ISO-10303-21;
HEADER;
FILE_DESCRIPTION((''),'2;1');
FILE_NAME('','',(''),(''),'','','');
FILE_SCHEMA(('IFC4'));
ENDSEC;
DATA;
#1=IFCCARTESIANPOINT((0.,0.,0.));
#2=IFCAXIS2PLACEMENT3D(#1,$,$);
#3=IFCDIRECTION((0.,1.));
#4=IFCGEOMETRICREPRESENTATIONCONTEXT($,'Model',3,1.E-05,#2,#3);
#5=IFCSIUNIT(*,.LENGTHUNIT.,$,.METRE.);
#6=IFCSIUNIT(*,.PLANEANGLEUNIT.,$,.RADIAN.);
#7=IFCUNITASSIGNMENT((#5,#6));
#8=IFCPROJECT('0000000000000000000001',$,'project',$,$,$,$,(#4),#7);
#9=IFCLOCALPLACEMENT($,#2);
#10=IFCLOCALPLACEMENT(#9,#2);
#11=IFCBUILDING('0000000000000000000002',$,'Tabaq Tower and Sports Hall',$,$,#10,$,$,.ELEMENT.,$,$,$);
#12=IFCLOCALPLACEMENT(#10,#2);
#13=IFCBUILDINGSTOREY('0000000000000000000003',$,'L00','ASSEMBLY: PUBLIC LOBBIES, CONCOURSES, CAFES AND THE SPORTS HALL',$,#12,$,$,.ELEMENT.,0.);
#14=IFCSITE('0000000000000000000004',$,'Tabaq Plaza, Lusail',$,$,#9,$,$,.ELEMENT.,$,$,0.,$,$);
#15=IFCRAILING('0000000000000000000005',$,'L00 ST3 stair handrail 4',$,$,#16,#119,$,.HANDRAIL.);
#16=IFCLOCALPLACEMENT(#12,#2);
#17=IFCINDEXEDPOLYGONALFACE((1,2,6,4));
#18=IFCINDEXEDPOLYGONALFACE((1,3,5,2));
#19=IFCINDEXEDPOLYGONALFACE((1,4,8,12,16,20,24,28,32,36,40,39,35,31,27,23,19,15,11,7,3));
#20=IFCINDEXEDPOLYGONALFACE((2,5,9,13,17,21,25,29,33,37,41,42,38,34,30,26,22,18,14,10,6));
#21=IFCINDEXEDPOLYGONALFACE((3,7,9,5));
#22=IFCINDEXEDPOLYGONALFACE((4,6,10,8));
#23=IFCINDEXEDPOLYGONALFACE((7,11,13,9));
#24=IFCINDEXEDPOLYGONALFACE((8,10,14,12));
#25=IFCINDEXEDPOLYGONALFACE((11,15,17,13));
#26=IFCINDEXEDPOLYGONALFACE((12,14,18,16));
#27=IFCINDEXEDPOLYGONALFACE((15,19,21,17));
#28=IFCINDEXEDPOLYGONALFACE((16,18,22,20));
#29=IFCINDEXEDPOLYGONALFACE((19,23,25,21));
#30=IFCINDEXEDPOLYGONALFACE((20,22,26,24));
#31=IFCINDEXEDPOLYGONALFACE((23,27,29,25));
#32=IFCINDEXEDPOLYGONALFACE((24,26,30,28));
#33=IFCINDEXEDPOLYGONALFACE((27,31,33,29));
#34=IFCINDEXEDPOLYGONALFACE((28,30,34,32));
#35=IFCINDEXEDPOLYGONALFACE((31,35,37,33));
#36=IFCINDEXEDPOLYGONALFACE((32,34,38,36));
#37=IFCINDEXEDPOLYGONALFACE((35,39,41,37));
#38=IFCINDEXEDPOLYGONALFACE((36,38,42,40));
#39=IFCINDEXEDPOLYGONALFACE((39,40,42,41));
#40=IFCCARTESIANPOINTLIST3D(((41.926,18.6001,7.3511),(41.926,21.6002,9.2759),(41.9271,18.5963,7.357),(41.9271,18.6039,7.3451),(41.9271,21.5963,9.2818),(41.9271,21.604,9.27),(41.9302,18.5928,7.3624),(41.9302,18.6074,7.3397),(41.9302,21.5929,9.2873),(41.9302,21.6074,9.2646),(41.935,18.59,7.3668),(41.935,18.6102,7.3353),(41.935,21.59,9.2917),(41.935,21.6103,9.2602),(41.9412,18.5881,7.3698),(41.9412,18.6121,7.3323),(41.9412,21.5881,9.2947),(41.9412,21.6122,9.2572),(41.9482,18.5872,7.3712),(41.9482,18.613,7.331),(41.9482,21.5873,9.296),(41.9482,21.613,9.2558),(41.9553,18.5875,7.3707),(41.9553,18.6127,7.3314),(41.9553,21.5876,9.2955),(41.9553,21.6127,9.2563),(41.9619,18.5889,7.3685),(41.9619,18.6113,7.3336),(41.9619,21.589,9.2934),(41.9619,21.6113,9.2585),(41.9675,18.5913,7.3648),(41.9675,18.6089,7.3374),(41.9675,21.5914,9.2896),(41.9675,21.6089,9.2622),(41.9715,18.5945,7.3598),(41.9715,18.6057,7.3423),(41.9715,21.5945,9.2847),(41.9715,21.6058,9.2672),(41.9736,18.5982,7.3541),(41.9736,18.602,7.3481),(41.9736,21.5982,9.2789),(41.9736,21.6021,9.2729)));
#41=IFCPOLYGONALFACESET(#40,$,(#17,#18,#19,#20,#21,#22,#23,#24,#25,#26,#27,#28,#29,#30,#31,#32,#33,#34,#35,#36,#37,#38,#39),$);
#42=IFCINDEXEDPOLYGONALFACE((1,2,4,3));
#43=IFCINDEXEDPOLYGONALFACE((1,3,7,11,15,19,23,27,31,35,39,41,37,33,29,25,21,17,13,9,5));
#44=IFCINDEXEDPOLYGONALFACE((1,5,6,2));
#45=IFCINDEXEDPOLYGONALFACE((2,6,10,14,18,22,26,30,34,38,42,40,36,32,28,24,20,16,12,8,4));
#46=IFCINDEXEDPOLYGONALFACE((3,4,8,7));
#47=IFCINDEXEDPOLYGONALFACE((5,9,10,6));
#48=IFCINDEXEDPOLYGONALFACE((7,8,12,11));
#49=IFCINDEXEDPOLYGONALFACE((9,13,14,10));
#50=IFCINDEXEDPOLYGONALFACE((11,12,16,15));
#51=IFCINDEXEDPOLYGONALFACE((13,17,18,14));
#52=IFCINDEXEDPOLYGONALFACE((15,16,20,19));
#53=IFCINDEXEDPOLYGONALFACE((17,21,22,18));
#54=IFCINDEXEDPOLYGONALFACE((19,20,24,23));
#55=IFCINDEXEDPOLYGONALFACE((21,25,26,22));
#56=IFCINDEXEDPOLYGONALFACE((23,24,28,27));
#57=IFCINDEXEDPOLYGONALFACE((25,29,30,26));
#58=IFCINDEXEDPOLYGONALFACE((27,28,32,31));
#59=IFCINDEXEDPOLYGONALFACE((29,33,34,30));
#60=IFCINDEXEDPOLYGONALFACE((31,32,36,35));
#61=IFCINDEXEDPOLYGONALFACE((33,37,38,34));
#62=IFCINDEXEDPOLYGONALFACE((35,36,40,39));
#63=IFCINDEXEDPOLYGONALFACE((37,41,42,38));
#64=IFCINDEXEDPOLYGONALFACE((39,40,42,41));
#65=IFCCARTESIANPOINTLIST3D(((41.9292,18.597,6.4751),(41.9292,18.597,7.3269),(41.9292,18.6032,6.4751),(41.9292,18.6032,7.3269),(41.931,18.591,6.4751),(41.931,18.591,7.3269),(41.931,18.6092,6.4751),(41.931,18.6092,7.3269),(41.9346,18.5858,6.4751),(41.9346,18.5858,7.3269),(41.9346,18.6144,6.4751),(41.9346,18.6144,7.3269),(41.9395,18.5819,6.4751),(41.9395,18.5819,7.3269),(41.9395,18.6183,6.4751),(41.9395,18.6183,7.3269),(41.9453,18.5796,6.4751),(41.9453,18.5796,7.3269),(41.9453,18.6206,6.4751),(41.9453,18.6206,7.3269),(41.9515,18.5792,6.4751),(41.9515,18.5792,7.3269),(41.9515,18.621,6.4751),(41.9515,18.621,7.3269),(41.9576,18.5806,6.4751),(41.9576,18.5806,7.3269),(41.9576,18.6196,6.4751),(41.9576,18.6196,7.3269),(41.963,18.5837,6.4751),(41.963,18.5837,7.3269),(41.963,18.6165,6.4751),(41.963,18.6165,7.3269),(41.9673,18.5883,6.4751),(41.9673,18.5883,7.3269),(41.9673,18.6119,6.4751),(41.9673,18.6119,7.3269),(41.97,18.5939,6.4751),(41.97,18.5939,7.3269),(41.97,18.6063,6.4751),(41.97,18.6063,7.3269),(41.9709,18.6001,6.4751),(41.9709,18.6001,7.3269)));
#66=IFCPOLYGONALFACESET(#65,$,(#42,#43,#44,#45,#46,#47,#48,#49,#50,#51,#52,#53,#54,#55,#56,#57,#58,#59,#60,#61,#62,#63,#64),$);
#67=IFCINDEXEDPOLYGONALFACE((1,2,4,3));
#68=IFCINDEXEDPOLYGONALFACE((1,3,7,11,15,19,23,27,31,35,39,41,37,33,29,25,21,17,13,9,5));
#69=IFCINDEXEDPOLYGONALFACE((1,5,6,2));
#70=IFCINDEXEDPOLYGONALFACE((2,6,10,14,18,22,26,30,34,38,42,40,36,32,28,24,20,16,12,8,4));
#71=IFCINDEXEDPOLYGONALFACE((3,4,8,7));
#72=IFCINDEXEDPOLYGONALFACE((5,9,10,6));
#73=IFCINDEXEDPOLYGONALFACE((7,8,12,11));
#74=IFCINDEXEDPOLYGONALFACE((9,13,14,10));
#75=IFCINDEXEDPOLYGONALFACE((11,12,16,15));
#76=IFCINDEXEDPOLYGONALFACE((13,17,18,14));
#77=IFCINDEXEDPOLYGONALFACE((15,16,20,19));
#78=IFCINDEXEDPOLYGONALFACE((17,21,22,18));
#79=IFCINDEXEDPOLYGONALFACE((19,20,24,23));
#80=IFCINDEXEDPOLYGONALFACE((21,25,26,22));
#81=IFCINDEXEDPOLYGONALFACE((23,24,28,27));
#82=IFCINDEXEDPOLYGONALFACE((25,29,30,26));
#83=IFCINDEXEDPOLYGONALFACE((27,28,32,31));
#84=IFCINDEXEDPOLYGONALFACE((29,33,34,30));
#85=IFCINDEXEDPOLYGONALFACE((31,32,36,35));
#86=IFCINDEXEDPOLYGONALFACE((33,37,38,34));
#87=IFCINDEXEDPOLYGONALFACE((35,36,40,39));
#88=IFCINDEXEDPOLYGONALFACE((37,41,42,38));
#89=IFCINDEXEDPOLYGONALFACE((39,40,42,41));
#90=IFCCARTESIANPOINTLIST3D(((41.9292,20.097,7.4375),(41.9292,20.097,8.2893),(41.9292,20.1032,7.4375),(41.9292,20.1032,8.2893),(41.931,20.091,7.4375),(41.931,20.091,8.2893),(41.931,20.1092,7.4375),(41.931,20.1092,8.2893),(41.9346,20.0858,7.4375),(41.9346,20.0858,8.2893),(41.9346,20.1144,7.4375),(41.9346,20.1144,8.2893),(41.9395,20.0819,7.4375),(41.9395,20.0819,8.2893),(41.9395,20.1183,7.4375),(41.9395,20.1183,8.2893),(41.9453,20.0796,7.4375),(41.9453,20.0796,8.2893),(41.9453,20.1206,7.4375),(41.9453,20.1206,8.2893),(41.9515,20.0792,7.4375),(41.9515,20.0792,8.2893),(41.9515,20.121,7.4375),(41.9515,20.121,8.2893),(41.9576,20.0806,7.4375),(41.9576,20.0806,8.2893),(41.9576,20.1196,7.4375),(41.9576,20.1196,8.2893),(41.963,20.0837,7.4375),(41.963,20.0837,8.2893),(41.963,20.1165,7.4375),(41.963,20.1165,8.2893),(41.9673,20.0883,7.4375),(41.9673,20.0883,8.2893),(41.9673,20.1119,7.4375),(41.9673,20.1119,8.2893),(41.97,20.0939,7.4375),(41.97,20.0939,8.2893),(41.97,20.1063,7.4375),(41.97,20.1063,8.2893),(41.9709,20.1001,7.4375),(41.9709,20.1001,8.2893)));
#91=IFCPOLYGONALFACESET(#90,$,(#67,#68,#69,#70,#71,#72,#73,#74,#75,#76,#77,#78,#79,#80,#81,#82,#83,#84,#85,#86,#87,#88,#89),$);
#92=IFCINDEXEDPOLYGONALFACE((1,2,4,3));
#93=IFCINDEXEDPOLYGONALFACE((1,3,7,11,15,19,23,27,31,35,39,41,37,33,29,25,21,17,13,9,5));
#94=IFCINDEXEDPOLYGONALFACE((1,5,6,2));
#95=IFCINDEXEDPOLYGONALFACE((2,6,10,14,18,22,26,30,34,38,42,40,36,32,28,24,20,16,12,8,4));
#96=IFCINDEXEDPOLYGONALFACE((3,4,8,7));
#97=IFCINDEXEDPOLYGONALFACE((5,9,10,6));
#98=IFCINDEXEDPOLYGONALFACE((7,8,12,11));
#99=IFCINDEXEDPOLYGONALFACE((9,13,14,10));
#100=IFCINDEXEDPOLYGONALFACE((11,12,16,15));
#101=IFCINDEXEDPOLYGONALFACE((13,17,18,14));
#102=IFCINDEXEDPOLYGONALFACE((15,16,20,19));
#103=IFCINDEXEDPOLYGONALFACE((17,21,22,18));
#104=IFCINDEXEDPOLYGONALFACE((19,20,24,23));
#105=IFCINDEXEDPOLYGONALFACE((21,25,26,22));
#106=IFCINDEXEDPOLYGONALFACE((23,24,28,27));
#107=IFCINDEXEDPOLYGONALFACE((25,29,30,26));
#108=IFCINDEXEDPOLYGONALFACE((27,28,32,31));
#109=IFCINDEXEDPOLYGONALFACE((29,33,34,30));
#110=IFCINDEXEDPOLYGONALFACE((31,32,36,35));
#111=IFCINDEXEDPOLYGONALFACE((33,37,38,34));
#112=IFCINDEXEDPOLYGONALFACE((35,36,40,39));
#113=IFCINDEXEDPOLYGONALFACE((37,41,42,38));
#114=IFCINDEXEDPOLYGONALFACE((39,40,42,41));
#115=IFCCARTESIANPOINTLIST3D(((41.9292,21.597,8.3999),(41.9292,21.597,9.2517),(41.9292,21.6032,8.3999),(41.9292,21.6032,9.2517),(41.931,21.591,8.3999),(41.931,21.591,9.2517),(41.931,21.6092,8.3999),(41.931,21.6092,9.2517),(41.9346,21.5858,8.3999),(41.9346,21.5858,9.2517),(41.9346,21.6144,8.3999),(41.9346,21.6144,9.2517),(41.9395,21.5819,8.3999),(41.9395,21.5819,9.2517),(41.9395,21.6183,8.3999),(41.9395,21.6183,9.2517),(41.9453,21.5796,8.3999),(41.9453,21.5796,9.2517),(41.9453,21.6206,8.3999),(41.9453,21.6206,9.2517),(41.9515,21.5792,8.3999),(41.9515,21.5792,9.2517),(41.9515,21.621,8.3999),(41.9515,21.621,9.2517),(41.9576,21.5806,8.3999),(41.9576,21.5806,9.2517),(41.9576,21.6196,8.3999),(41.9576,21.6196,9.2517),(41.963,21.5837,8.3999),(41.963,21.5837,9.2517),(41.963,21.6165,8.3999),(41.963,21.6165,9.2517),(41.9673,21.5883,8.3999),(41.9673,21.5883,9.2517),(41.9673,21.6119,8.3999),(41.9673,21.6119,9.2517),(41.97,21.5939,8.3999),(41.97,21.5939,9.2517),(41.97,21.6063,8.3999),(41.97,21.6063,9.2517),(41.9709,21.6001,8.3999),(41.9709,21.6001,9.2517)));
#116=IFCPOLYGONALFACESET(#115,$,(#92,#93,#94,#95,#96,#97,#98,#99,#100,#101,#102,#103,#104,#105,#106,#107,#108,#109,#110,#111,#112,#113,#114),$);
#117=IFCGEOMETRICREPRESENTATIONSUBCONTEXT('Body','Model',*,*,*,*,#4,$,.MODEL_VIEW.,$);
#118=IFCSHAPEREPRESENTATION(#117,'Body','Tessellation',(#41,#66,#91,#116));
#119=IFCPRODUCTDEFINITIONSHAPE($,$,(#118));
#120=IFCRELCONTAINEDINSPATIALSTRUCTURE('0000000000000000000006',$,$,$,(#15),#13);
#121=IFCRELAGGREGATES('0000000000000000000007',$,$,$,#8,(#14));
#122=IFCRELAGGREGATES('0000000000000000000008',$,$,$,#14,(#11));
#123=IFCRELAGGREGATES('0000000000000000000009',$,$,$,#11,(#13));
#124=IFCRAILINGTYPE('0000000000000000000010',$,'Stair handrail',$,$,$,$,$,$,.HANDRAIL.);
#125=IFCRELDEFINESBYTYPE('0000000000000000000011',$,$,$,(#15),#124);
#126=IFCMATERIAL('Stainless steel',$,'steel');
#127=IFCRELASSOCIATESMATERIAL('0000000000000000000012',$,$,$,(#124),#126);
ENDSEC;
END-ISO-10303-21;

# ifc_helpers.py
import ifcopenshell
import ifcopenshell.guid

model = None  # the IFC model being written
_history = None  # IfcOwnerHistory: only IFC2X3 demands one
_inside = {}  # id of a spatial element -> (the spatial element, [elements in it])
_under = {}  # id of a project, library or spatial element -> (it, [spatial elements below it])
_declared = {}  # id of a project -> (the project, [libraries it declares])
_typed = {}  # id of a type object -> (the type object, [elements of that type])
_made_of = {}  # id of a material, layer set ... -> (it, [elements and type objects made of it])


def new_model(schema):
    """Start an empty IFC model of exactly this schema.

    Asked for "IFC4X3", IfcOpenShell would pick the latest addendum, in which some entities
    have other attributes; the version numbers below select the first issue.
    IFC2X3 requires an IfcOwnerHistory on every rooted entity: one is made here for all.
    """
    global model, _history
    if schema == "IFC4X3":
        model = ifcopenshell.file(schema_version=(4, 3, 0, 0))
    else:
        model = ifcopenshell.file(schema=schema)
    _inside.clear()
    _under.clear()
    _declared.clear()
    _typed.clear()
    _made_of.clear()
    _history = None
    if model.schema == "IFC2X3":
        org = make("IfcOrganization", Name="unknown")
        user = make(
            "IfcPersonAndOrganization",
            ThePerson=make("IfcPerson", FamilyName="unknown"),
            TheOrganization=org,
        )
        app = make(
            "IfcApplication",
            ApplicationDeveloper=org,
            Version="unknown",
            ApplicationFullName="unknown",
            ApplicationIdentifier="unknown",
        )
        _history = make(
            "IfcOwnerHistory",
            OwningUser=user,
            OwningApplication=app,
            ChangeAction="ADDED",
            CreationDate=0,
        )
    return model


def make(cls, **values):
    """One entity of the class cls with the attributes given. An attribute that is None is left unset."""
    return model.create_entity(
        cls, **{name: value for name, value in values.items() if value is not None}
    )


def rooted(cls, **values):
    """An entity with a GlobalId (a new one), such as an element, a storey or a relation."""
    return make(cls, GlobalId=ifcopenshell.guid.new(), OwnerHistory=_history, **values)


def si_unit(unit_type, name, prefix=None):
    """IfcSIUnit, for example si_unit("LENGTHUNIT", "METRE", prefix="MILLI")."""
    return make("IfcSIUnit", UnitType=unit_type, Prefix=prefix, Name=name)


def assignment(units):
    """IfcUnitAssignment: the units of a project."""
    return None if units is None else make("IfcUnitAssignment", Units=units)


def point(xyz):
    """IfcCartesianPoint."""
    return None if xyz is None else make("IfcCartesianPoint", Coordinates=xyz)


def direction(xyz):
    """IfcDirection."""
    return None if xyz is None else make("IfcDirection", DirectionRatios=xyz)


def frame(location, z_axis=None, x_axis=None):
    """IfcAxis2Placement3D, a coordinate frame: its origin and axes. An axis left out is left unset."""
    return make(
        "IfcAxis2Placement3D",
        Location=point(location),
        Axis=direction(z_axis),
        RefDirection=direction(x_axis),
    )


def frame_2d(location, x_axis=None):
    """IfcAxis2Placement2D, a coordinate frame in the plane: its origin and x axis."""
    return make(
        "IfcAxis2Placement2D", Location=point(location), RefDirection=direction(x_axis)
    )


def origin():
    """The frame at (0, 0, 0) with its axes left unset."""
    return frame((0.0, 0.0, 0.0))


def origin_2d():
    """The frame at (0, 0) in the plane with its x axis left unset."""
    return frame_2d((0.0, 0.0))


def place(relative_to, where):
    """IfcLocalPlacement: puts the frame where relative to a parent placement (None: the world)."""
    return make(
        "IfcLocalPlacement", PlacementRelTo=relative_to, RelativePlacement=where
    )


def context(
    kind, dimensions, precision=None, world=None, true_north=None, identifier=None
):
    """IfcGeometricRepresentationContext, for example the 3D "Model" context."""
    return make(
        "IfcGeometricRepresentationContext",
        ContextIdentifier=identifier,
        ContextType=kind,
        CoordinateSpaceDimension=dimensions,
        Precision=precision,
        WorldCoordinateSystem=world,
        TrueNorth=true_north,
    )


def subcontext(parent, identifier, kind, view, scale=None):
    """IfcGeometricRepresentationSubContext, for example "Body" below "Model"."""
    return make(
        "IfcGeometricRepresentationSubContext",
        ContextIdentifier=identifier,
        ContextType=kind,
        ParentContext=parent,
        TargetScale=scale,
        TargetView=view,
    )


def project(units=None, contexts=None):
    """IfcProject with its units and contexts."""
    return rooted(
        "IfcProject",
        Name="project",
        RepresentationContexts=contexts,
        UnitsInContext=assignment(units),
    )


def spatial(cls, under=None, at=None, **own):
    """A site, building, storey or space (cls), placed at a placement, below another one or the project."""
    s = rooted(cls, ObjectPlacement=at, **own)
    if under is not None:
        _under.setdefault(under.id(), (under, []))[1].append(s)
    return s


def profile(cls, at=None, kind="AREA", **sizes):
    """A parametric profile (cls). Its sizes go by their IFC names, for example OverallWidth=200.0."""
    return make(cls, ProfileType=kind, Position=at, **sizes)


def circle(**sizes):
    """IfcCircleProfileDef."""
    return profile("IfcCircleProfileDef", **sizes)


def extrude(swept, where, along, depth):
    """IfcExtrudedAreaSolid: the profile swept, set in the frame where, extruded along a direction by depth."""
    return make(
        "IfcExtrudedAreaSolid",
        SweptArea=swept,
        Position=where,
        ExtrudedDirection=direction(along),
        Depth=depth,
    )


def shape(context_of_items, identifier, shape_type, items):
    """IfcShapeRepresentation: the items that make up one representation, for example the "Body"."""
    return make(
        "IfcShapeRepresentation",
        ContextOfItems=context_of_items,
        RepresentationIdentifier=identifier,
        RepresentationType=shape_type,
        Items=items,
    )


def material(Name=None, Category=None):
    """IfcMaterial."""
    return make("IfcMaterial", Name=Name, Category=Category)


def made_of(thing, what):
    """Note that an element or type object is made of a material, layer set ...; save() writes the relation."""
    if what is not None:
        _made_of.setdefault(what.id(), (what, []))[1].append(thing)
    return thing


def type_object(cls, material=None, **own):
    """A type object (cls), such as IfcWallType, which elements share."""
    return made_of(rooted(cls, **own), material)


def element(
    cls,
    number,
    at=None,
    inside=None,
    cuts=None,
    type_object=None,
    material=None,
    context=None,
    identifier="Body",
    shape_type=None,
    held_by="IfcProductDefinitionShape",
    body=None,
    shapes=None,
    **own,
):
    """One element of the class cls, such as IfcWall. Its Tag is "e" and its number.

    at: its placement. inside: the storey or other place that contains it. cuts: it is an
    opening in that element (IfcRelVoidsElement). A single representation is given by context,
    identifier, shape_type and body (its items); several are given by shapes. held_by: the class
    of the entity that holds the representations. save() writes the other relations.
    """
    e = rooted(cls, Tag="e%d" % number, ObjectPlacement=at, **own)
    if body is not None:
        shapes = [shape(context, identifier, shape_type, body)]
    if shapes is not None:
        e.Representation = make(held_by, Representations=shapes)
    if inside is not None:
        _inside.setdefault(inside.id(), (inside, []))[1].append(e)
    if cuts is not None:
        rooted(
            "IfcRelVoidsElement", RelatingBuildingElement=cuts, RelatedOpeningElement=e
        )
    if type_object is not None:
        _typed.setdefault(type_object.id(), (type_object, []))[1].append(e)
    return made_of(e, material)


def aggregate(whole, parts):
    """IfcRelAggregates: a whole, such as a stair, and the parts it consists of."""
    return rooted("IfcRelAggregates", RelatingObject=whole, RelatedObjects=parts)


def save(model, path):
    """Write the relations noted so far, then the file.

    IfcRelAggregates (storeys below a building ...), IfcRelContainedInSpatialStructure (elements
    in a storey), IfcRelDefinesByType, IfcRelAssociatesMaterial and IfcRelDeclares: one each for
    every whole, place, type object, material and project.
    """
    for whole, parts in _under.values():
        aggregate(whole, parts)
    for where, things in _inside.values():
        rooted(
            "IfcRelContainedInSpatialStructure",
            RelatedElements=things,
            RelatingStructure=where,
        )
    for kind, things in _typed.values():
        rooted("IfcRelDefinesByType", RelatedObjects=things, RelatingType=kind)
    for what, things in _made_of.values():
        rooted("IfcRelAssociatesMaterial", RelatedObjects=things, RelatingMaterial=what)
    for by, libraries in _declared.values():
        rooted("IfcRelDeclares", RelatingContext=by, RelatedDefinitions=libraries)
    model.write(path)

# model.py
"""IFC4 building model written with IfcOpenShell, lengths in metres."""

from ifc_helpers import new_model, si_unit, direction, frame, origin, origin_2d, place, context, subcontext, project, spatial, circle, extrude, material, type_object, element, save


model = new_model("IFC4")

# Units and contexts
model_context = context("Model", 3, precision=1e-05, world=origin(), true_north=direction((0.0, 1.0)))
body_context = subcontext(model_context, "Body", "Model", "MODEL_VIEW")
ifc_project = project(units=[si_unit("LENGTHUNIT", "METRE"), si_unit("PLANEANGLEUNIT", "RADIAN")], contexts=[model_context])

# Site, building, storey
site_placement = place(None, origin())
site = spatial("IfcSite", under=ifc_project, at=site_placement, Name="Tabaq Plaza, Lusail", CompositionType="ELEMENT", RefElevation=0.0)
building_placement = place(site_placement, origin())
building = spatial("IfcBuilding", under=site, at=building_placement, Name="Tabaq Tower and Sports Hall", CompositionType="ELEMENT")
storey_placement = place(building_placement, origin())
storey = spatial("IfcBuildingStorey", under=building, at=storey_placement, Name="L00", Description="ASSEMBLY: PUBLIC LOBBIES, CONCOURSES, CAFES AND THE SPORTS HALL", CompositionType="ELEMENT", Elevation=0.0)

# Railing
ifc_material_1 = material(Name="Stainless steel", Category="steel")
railing_type_1 = type_object("IfcRailingType", Name="Stair handrail", PredefinedType="HANDRAIL", material=ifc_material_1)
railing_1_placement = place(storey_placement, frame((41.95, 18.6001, 6.4751)))
element("IfcRailing", 1, at=railing_1_placement, inside=storey, type_object=railing_type_1, Name="L00 ST3 stair handrail 4", PredefinedType="HANDRAIL", context=body_context, shape_type="SweptSolid", body=[
    extrude(circle(Radius=0.0239, at=origin_2d()), frame((0.0, 0.0, 0.876), z_axis=(0.0, 0.841659, 0.54001), x_axis=(-1.0, 0.0, 0.0)), (0.0, 0.0, 1.0), 3.5645),
    extrude(circle(Radius=0.021, at=origin_2d()), origin(), (0.0, 0.0, 1.0), 0.8518),
    extrude(circle(Radius=0.021, at=origin_2d()), frame((0.0, 1.5, 0.9624)), (0.0, 0.0, 1.0), 0.8518),
    extrude(circle(Radius=0.021, at=origin_2d()), frame((0.0, 3.0, 1.9248)), (0.0, 0.0, 1.0), 0.8518),
])

save(model, "model.ifc")
